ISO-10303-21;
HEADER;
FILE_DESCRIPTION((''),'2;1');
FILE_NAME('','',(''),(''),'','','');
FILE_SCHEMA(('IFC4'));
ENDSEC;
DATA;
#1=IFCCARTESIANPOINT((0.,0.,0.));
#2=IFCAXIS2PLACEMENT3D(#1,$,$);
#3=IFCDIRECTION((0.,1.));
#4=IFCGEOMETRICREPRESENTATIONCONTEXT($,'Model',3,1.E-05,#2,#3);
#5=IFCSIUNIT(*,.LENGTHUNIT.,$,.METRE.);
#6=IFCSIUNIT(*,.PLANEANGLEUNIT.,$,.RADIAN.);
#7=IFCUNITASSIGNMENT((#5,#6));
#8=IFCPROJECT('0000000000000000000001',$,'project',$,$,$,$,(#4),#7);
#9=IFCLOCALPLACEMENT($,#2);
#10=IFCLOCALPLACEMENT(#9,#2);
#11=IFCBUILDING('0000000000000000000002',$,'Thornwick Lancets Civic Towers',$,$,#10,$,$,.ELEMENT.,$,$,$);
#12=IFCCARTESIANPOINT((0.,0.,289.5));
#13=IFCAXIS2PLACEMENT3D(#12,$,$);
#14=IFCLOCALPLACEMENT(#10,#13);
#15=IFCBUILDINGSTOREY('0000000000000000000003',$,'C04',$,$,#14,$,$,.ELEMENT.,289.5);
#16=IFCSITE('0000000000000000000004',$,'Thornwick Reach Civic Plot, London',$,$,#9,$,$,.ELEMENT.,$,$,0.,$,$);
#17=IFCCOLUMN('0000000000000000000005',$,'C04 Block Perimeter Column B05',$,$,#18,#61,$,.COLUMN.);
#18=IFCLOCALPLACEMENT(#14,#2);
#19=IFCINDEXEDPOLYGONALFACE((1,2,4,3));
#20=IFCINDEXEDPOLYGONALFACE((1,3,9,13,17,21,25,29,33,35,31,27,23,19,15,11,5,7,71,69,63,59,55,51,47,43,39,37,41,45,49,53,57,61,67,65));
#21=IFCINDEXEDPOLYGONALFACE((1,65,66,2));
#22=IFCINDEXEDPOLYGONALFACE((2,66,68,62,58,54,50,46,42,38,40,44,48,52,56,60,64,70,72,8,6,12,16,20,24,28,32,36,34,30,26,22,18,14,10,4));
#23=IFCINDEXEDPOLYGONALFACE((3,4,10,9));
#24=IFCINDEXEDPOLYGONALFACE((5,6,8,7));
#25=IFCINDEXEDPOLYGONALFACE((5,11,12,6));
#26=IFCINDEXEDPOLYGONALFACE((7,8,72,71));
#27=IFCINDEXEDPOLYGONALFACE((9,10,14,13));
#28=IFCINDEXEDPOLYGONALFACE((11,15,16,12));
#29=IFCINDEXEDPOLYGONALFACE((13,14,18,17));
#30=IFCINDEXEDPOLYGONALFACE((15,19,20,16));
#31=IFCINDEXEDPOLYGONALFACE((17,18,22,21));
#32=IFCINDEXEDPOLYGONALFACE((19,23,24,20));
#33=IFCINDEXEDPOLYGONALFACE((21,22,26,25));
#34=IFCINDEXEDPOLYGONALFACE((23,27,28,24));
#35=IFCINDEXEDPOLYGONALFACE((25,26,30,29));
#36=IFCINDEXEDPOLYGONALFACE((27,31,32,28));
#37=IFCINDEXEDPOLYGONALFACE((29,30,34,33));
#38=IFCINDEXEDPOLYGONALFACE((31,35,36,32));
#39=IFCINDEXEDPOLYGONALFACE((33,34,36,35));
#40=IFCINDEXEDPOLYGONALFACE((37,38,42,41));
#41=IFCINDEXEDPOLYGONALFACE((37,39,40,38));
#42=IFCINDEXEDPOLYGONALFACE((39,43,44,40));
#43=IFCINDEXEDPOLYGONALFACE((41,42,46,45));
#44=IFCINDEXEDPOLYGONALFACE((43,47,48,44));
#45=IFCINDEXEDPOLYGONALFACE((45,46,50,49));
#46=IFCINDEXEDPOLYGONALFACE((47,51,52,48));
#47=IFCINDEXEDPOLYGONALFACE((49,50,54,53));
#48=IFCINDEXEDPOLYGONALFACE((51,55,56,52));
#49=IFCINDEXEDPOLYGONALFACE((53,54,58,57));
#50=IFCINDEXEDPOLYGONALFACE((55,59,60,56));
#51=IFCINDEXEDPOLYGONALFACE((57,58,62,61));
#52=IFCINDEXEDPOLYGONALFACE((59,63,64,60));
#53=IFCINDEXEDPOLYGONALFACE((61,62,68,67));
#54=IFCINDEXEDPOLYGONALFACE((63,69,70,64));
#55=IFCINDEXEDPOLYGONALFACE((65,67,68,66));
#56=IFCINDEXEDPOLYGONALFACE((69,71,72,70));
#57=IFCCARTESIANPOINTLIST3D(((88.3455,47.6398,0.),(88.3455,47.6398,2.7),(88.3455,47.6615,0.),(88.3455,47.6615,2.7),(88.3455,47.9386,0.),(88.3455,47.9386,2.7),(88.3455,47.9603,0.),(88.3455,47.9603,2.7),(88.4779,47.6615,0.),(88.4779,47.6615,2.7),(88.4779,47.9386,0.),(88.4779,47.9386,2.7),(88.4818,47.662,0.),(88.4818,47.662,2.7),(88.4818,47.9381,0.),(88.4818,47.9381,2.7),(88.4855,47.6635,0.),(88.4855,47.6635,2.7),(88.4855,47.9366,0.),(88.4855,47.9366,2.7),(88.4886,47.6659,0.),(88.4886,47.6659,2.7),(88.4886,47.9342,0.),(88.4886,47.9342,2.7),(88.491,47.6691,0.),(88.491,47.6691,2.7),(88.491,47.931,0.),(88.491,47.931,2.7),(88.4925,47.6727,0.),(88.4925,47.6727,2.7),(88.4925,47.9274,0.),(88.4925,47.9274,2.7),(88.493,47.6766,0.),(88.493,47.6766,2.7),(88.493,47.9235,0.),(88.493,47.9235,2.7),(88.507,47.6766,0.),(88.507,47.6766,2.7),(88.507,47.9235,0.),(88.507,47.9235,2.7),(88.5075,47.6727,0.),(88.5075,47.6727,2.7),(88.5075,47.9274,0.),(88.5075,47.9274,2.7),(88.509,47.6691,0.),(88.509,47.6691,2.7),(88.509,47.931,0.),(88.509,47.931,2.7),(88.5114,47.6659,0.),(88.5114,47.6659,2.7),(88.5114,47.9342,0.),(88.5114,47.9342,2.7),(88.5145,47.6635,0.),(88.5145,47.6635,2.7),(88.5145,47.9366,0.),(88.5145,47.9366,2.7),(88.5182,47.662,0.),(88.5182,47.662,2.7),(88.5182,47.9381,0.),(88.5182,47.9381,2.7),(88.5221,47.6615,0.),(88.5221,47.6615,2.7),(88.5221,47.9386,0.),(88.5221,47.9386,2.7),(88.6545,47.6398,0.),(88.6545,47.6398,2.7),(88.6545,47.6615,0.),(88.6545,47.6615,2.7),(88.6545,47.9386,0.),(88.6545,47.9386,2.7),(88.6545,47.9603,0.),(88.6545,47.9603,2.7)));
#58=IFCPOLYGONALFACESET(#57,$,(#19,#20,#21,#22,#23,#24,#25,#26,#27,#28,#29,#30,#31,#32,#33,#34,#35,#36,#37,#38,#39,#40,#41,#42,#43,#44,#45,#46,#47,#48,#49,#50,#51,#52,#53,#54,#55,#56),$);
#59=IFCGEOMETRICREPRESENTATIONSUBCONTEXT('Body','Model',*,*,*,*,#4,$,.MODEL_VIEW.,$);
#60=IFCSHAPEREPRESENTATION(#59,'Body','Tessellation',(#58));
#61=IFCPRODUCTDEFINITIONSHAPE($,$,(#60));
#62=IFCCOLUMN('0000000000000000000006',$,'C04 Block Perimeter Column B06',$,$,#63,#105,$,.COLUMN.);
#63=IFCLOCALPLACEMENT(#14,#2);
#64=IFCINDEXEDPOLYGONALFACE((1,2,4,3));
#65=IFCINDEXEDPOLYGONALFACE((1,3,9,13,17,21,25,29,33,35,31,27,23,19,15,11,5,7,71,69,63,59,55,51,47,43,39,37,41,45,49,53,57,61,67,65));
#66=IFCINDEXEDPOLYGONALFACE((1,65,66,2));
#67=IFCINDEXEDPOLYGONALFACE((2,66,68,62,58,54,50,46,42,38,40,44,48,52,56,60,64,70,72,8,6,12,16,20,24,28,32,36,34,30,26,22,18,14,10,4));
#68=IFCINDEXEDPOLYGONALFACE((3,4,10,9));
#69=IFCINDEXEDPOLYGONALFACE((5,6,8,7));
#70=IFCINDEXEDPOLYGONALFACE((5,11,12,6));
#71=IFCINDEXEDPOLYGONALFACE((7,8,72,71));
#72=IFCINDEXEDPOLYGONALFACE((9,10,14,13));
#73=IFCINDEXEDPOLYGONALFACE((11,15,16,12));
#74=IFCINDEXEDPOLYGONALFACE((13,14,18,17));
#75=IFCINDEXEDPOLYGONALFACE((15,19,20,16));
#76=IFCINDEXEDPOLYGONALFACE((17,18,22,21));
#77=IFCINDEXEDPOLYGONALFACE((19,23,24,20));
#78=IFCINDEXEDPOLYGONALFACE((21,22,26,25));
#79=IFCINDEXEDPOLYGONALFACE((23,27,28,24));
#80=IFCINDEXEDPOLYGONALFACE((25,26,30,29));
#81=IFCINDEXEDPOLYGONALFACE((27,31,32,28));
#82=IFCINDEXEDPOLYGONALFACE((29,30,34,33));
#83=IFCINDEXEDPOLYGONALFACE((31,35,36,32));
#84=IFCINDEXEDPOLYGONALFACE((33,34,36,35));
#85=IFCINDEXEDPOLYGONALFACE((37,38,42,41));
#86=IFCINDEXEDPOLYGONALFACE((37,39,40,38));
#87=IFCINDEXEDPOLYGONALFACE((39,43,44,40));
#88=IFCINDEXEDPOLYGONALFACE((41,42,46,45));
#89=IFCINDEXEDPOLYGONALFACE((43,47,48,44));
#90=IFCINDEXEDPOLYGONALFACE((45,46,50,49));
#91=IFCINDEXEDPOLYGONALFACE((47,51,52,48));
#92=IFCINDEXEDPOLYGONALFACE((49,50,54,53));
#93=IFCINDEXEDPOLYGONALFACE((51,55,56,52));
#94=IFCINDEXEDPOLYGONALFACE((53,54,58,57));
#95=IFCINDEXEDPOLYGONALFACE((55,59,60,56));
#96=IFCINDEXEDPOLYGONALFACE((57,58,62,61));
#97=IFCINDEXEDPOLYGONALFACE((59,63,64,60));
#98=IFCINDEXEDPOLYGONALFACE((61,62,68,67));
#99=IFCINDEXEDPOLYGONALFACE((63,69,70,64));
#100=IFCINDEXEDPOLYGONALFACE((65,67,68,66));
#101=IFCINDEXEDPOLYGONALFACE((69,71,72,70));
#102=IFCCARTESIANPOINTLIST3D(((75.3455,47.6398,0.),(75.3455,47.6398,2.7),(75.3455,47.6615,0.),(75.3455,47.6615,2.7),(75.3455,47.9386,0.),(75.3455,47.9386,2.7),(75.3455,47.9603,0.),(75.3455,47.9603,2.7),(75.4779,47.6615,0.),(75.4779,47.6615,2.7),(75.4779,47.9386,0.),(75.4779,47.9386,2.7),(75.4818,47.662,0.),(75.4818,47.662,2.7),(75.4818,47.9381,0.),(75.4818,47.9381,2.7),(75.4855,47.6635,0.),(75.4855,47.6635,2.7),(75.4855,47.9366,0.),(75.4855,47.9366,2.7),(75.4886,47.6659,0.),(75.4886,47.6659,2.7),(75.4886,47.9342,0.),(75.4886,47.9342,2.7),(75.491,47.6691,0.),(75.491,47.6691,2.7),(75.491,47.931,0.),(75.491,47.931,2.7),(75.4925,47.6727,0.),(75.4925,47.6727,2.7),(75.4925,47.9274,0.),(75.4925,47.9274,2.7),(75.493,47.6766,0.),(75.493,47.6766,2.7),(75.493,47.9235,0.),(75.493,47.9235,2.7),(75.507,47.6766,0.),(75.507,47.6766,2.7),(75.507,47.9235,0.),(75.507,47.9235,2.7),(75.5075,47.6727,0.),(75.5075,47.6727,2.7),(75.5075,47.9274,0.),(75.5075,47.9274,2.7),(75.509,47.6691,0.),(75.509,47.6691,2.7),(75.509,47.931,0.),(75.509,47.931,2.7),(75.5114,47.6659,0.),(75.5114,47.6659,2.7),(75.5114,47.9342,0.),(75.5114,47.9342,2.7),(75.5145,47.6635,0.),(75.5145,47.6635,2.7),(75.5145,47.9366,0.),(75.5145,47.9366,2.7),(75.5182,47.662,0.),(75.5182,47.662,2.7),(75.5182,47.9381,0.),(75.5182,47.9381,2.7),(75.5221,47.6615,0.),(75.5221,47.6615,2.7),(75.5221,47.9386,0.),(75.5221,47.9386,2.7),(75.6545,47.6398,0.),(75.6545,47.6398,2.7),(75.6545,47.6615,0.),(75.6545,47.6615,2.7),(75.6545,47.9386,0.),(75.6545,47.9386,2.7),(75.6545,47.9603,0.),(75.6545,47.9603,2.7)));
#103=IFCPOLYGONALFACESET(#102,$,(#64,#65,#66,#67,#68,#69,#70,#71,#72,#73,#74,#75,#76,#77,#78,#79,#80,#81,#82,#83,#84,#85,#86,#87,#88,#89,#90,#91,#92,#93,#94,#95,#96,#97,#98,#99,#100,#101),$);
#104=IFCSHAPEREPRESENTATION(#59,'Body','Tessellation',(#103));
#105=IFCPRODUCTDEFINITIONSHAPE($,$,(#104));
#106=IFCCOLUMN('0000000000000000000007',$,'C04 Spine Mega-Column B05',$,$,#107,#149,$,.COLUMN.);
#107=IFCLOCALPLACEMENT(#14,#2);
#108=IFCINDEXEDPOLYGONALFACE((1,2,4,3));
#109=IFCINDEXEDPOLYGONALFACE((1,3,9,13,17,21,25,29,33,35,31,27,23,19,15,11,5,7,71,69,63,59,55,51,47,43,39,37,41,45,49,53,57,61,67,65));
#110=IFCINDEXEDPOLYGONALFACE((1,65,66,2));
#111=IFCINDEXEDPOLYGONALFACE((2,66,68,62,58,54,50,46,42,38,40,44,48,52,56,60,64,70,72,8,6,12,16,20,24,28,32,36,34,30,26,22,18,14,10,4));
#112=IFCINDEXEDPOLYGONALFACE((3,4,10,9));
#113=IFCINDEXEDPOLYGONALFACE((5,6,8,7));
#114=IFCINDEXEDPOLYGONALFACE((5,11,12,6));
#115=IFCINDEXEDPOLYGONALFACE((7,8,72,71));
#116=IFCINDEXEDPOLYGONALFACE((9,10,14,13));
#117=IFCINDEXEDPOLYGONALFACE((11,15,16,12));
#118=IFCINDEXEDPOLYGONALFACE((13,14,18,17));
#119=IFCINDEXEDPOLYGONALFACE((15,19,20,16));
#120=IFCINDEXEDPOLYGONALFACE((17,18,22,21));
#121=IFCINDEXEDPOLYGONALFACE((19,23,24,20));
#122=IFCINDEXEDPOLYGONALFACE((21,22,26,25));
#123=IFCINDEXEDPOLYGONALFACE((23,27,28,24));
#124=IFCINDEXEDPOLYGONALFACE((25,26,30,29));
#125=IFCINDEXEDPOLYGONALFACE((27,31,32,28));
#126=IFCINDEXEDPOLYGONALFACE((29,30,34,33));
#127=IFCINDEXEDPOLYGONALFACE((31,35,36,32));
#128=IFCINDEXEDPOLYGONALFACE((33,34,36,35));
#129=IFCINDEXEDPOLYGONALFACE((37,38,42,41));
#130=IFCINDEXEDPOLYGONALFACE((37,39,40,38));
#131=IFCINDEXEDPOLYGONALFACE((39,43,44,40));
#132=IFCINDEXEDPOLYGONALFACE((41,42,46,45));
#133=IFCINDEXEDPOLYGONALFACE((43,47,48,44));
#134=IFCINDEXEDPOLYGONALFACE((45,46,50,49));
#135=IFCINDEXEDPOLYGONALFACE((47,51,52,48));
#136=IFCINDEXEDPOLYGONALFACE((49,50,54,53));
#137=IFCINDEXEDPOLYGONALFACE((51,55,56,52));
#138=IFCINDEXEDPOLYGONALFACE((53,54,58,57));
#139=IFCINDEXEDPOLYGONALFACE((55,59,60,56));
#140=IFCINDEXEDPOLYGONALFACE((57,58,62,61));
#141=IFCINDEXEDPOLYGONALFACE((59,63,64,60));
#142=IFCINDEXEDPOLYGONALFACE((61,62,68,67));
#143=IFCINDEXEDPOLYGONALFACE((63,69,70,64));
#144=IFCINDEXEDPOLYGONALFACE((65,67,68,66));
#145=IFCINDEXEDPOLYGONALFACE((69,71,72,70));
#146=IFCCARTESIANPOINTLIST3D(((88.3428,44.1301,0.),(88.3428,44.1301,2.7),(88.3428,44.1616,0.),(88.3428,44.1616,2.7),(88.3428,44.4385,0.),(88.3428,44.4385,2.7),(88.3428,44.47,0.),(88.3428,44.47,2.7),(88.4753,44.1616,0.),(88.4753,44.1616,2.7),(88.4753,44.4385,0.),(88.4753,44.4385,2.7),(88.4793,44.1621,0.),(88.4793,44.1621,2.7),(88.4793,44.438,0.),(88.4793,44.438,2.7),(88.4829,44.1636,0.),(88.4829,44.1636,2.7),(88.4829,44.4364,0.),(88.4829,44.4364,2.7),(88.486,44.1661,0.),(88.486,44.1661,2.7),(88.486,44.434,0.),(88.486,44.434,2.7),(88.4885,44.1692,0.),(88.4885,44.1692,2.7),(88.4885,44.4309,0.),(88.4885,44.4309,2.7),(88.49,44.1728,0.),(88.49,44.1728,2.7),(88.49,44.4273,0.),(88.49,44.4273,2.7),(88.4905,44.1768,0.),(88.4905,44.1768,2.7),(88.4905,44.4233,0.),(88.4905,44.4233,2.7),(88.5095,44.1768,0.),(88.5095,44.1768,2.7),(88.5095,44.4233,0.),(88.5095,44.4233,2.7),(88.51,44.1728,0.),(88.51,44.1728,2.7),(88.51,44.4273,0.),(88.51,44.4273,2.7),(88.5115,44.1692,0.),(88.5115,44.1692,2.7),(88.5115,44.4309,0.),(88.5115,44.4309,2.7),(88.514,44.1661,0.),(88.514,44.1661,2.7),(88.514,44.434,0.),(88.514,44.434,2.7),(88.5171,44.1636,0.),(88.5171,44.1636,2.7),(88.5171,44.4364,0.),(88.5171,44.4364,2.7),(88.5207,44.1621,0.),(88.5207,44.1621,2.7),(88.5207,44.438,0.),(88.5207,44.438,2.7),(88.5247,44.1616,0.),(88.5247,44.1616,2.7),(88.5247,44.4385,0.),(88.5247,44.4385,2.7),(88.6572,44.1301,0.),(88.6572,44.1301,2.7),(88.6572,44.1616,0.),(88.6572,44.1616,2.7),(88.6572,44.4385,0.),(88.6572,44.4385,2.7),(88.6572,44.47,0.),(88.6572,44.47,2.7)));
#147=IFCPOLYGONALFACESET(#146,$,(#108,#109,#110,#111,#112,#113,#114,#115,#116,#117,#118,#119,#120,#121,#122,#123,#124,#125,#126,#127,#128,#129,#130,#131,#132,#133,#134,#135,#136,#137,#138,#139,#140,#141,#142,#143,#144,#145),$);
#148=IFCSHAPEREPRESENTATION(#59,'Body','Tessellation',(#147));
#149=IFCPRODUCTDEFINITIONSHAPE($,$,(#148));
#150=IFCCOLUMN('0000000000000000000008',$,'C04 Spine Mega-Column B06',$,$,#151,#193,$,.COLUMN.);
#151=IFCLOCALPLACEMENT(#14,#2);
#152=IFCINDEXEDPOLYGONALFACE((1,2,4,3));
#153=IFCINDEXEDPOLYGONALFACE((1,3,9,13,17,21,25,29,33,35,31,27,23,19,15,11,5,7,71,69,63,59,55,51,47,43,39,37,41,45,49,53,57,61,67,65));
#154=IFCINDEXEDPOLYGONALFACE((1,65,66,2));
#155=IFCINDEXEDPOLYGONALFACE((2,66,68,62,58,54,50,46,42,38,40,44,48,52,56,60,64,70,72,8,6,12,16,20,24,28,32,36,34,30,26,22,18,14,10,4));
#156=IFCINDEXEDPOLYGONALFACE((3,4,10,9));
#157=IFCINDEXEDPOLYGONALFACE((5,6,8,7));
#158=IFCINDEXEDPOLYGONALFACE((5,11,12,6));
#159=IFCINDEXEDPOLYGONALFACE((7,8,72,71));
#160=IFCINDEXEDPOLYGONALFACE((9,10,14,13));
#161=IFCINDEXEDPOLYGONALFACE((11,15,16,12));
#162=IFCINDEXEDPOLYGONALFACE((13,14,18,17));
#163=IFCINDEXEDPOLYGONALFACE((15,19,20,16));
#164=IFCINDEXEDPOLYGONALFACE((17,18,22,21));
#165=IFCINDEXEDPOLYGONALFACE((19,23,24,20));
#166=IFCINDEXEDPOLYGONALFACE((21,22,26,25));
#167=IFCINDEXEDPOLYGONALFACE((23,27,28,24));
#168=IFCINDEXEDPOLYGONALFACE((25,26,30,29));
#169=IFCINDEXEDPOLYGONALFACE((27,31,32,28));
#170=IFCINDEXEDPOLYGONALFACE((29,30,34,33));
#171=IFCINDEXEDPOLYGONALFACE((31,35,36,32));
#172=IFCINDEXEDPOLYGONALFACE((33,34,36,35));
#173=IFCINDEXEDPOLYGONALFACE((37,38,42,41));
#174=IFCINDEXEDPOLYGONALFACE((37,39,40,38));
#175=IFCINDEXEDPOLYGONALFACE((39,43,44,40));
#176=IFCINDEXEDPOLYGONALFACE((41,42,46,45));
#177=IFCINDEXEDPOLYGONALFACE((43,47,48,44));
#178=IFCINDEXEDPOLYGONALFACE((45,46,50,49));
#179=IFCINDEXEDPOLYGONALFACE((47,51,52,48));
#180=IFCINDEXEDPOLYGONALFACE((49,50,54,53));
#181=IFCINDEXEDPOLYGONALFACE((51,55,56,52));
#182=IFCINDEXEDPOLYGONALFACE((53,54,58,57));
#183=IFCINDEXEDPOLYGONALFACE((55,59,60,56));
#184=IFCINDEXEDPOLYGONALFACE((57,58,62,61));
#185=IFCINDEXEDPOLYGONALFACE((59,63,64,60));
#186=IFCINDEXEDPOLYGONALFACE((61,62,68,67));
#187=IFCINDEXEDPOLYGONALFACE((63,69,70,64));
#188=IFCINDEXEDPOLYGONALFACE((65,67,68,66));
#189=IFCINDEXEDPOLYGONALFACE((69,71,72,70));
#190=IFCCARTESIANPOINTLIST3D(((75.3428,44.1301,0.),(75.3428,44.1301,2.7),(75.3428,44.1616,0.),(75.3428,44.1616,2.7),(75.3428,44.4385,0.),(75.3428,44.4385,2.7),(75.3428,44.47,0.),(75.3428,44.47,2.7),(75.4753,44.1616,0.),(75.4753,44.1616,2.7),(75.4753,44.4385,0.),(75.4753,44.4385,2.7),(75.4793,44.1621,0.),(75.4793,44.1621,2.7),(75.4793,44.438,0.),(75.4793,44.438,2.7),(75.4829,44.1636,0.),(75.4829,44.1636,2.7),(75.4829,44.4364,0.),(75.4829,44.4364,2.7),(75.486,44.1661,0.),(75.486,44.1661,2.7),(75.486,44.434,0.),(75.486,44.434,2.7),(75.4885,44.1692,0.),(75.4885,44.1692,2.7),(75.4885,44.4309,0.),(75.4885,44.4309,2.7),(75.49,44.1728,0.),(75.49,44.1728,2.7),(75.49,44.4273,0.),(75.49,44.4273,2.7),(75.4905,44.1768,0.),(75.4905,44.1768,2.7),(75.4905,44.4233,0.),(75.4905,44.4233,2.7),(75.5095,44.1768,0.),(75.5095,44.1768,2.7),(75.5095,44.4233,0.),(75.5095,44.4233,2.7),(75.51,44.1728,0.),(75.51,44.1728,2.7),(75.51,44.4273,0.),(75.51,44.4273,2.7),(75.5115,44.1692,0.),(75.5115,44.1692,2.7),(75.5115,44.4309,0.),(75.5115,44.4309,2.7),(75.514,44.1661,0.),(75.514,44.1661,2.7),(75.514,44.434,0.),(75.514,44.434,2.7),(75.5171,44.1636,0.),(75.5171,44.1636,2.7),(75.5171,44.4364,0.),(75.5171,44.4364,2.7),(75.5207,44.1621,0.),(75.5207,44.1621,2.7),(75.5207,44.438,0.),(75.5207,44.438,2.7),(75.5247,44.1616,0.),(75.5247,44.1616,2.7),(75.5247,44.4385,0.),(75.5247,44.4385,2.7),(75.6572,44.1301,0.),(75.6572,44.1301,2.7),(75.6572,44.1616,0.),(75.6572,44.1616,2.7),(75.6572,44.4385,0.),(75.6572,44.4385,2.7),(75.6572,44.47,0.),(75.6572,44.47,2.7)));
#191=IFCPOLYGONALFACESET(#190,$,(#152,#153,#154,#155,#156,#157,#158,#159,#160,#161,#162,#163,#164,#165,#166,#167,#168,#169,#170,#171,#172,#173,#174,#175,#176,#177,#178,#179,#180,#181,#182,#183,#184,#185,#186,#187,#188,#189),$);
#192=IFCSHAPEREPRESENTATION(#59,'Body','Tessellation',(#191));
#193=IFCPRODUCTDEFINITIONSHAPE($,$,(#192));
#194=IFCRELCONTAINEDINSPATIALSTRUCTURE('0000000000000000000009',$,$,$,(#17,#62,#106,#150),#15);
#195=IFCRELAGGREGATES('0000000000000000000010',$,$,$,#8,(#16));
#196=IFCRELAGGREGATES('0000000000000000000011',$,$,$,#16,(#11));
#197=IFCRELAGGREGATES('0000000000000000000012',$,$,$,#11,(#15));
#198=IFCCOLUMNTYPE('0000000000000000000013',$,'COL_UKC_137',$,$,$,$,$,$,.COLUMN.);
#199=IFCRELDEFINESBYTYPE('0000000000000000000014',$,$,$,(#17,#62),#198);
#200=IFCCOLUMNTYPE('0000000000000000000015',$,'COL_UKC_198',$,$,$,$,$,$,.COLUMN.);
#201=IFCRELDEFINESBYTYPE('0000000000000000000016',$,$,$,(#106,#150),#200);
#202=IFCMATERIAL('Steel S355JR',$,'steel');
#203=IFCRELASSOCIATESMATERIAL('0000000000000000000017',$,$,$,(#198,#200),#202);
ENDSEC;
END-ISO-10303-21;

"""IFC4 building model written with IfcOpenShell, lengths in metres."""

from ifc_helpers import new_model, si_unit, direction, frame, origin, origin_2d, place, context, subcontext, project, spatial, i_section, extrude, material, material_profile, profile_set, type_object, element, save


model = new_model("IFC4")

# Units and contexts
model_context = context("Model", 3, precision=1e-05, world=origin(), true_north=direction((0.0, 1.0)))
body_context = subcontext(model_context, "Body", "Model", "MODEL_VIEW")
ifc_project = project(units=[si_unit("LENGTHUNIT", "METRE"), si_unit("PLANEANGLEUNIT", "RADIAN")], contexts=[model_context])

# Site, building, storey
site_placement = place(None, origin())
site = spatial("IfcSite", under=ifc_project, at=site_placement, Name="Thornwick Reach Civic Plot, London", CompositionType="ELEMENT", RefElevation=0.0)
building_placement = place(site_placement, origin())
building = spatial("IfcBuilding", under=site, at=building_placement, Name="Thornwick Lancets Civic Towers", CompositionType="ELEMENT")
storey_placement = place(building_placement, frame((0.0, 0.0, 289.5)))
storey = spatial("IfcBuildingStorey", under=building, at=storey_placement, Name="C04", CompositionType="ELEMENT", Elevation=289.5)

# Columns
ifc_material_1 = material(Name="Steel S355JR", Category="steel")
ifc_material_profile_1 = material_profile(ifc_material_1, i_section(OverallWidth=0.3091, OverallDepth=0.3206, WebThickness=0.0139, FlangeThickness=0.0217, FilletRadius=0.0151, at=origin_2d()), Name="UKC 305x305x137")
ifc_profile_set_1 = profile_set([ifc_material_profile_1], Name="Steel S355JR")
column_type_1 = type_object("IfcColumnType", Name="COL_UKC_137", PredefinedType="COLUMN", material=ifc_profile_set_1)
for number, where, z_axis, x_axis, name in (
    (1, (88.5, 47.8, 0.0), (0.0, 0.0, 1.0), (1.0, 0.0, 0.0), "C04 Block Perimeter Column B05"),
    (2, (75.5, 47.8, 0.0), (0.0, 0.0, 1.0), (1.0, 0.0, 0.0), "C04 Block Perimeter Column B06"),
):
    element("IfcColumn", number, at=place(storey_placement, frame(where, z_axis=z_axis, x_axis=x_axis)), inside=storey, type_object=column_type_1, Name=name, PredefinedType="COLUMN", context=body_context, shape_type="SweptSolid", body=[
        extrude(i_section(OverallWidth=0.3091, OverallDepth=0.3206, WebThickness=0.0139, FlangeThickness=0.0217, FilletRadius=0.0151, at=origin_2d()), origin(), (0.0, 0.0, 1.0), 2.7),
    ])
ifc_material_profile_2 = material_profile(ifc_material_1, i_section(OverallWidth=0.3145, OverallDepth=0.3398, WebThickness=0.019, FlangeThickness=0.0315, FilletRadius=0.0151, at=origin_2d()), Name="UKC 305x305x198")
ifc_profile_set_2 = profile_set([ifc_material_profile_2], Name="Steel S355JR")
column_type_2 = type_object("IfcColumnType", Name="COL_UKC_198", PredefinedType="COLUMN", material=ifc_profile_set_2)
for number, where, z_axis, x_axis, name in (
    (3, (88.5, 44.3, 0.0), (0.0, 0.0, 1.0), (1.0, 0.0, 0.0), "C04 Spine Mega-Column B05"),
    (4, (75.5, 44.3, 0.0), (0.0, 0.0, 1.0), (1.0, 0.0, 0.0), "C04 Spine Mega-Column B06"),
):
    element("IfcColumn", number, at=place(storey_placement, frame(where, z_axis=z_axis, x_axis=x_axis)), inside=storey, type_object=column_type_2, Name=name, PredefinedType="COLUMN", context=body_context, shape_type="SweptSolid", body=[
        extrude(i_section(OverallWidth=0.3145, OverallDepth=0.3398, WebThickness=0.019, FlangeThickness=0.0315, FilletRadius=0.0151, at=origin_2d()), origin(), (0.0, 0.0, 1.0), 2.7),
    ])

save(model, "model.ifc")
